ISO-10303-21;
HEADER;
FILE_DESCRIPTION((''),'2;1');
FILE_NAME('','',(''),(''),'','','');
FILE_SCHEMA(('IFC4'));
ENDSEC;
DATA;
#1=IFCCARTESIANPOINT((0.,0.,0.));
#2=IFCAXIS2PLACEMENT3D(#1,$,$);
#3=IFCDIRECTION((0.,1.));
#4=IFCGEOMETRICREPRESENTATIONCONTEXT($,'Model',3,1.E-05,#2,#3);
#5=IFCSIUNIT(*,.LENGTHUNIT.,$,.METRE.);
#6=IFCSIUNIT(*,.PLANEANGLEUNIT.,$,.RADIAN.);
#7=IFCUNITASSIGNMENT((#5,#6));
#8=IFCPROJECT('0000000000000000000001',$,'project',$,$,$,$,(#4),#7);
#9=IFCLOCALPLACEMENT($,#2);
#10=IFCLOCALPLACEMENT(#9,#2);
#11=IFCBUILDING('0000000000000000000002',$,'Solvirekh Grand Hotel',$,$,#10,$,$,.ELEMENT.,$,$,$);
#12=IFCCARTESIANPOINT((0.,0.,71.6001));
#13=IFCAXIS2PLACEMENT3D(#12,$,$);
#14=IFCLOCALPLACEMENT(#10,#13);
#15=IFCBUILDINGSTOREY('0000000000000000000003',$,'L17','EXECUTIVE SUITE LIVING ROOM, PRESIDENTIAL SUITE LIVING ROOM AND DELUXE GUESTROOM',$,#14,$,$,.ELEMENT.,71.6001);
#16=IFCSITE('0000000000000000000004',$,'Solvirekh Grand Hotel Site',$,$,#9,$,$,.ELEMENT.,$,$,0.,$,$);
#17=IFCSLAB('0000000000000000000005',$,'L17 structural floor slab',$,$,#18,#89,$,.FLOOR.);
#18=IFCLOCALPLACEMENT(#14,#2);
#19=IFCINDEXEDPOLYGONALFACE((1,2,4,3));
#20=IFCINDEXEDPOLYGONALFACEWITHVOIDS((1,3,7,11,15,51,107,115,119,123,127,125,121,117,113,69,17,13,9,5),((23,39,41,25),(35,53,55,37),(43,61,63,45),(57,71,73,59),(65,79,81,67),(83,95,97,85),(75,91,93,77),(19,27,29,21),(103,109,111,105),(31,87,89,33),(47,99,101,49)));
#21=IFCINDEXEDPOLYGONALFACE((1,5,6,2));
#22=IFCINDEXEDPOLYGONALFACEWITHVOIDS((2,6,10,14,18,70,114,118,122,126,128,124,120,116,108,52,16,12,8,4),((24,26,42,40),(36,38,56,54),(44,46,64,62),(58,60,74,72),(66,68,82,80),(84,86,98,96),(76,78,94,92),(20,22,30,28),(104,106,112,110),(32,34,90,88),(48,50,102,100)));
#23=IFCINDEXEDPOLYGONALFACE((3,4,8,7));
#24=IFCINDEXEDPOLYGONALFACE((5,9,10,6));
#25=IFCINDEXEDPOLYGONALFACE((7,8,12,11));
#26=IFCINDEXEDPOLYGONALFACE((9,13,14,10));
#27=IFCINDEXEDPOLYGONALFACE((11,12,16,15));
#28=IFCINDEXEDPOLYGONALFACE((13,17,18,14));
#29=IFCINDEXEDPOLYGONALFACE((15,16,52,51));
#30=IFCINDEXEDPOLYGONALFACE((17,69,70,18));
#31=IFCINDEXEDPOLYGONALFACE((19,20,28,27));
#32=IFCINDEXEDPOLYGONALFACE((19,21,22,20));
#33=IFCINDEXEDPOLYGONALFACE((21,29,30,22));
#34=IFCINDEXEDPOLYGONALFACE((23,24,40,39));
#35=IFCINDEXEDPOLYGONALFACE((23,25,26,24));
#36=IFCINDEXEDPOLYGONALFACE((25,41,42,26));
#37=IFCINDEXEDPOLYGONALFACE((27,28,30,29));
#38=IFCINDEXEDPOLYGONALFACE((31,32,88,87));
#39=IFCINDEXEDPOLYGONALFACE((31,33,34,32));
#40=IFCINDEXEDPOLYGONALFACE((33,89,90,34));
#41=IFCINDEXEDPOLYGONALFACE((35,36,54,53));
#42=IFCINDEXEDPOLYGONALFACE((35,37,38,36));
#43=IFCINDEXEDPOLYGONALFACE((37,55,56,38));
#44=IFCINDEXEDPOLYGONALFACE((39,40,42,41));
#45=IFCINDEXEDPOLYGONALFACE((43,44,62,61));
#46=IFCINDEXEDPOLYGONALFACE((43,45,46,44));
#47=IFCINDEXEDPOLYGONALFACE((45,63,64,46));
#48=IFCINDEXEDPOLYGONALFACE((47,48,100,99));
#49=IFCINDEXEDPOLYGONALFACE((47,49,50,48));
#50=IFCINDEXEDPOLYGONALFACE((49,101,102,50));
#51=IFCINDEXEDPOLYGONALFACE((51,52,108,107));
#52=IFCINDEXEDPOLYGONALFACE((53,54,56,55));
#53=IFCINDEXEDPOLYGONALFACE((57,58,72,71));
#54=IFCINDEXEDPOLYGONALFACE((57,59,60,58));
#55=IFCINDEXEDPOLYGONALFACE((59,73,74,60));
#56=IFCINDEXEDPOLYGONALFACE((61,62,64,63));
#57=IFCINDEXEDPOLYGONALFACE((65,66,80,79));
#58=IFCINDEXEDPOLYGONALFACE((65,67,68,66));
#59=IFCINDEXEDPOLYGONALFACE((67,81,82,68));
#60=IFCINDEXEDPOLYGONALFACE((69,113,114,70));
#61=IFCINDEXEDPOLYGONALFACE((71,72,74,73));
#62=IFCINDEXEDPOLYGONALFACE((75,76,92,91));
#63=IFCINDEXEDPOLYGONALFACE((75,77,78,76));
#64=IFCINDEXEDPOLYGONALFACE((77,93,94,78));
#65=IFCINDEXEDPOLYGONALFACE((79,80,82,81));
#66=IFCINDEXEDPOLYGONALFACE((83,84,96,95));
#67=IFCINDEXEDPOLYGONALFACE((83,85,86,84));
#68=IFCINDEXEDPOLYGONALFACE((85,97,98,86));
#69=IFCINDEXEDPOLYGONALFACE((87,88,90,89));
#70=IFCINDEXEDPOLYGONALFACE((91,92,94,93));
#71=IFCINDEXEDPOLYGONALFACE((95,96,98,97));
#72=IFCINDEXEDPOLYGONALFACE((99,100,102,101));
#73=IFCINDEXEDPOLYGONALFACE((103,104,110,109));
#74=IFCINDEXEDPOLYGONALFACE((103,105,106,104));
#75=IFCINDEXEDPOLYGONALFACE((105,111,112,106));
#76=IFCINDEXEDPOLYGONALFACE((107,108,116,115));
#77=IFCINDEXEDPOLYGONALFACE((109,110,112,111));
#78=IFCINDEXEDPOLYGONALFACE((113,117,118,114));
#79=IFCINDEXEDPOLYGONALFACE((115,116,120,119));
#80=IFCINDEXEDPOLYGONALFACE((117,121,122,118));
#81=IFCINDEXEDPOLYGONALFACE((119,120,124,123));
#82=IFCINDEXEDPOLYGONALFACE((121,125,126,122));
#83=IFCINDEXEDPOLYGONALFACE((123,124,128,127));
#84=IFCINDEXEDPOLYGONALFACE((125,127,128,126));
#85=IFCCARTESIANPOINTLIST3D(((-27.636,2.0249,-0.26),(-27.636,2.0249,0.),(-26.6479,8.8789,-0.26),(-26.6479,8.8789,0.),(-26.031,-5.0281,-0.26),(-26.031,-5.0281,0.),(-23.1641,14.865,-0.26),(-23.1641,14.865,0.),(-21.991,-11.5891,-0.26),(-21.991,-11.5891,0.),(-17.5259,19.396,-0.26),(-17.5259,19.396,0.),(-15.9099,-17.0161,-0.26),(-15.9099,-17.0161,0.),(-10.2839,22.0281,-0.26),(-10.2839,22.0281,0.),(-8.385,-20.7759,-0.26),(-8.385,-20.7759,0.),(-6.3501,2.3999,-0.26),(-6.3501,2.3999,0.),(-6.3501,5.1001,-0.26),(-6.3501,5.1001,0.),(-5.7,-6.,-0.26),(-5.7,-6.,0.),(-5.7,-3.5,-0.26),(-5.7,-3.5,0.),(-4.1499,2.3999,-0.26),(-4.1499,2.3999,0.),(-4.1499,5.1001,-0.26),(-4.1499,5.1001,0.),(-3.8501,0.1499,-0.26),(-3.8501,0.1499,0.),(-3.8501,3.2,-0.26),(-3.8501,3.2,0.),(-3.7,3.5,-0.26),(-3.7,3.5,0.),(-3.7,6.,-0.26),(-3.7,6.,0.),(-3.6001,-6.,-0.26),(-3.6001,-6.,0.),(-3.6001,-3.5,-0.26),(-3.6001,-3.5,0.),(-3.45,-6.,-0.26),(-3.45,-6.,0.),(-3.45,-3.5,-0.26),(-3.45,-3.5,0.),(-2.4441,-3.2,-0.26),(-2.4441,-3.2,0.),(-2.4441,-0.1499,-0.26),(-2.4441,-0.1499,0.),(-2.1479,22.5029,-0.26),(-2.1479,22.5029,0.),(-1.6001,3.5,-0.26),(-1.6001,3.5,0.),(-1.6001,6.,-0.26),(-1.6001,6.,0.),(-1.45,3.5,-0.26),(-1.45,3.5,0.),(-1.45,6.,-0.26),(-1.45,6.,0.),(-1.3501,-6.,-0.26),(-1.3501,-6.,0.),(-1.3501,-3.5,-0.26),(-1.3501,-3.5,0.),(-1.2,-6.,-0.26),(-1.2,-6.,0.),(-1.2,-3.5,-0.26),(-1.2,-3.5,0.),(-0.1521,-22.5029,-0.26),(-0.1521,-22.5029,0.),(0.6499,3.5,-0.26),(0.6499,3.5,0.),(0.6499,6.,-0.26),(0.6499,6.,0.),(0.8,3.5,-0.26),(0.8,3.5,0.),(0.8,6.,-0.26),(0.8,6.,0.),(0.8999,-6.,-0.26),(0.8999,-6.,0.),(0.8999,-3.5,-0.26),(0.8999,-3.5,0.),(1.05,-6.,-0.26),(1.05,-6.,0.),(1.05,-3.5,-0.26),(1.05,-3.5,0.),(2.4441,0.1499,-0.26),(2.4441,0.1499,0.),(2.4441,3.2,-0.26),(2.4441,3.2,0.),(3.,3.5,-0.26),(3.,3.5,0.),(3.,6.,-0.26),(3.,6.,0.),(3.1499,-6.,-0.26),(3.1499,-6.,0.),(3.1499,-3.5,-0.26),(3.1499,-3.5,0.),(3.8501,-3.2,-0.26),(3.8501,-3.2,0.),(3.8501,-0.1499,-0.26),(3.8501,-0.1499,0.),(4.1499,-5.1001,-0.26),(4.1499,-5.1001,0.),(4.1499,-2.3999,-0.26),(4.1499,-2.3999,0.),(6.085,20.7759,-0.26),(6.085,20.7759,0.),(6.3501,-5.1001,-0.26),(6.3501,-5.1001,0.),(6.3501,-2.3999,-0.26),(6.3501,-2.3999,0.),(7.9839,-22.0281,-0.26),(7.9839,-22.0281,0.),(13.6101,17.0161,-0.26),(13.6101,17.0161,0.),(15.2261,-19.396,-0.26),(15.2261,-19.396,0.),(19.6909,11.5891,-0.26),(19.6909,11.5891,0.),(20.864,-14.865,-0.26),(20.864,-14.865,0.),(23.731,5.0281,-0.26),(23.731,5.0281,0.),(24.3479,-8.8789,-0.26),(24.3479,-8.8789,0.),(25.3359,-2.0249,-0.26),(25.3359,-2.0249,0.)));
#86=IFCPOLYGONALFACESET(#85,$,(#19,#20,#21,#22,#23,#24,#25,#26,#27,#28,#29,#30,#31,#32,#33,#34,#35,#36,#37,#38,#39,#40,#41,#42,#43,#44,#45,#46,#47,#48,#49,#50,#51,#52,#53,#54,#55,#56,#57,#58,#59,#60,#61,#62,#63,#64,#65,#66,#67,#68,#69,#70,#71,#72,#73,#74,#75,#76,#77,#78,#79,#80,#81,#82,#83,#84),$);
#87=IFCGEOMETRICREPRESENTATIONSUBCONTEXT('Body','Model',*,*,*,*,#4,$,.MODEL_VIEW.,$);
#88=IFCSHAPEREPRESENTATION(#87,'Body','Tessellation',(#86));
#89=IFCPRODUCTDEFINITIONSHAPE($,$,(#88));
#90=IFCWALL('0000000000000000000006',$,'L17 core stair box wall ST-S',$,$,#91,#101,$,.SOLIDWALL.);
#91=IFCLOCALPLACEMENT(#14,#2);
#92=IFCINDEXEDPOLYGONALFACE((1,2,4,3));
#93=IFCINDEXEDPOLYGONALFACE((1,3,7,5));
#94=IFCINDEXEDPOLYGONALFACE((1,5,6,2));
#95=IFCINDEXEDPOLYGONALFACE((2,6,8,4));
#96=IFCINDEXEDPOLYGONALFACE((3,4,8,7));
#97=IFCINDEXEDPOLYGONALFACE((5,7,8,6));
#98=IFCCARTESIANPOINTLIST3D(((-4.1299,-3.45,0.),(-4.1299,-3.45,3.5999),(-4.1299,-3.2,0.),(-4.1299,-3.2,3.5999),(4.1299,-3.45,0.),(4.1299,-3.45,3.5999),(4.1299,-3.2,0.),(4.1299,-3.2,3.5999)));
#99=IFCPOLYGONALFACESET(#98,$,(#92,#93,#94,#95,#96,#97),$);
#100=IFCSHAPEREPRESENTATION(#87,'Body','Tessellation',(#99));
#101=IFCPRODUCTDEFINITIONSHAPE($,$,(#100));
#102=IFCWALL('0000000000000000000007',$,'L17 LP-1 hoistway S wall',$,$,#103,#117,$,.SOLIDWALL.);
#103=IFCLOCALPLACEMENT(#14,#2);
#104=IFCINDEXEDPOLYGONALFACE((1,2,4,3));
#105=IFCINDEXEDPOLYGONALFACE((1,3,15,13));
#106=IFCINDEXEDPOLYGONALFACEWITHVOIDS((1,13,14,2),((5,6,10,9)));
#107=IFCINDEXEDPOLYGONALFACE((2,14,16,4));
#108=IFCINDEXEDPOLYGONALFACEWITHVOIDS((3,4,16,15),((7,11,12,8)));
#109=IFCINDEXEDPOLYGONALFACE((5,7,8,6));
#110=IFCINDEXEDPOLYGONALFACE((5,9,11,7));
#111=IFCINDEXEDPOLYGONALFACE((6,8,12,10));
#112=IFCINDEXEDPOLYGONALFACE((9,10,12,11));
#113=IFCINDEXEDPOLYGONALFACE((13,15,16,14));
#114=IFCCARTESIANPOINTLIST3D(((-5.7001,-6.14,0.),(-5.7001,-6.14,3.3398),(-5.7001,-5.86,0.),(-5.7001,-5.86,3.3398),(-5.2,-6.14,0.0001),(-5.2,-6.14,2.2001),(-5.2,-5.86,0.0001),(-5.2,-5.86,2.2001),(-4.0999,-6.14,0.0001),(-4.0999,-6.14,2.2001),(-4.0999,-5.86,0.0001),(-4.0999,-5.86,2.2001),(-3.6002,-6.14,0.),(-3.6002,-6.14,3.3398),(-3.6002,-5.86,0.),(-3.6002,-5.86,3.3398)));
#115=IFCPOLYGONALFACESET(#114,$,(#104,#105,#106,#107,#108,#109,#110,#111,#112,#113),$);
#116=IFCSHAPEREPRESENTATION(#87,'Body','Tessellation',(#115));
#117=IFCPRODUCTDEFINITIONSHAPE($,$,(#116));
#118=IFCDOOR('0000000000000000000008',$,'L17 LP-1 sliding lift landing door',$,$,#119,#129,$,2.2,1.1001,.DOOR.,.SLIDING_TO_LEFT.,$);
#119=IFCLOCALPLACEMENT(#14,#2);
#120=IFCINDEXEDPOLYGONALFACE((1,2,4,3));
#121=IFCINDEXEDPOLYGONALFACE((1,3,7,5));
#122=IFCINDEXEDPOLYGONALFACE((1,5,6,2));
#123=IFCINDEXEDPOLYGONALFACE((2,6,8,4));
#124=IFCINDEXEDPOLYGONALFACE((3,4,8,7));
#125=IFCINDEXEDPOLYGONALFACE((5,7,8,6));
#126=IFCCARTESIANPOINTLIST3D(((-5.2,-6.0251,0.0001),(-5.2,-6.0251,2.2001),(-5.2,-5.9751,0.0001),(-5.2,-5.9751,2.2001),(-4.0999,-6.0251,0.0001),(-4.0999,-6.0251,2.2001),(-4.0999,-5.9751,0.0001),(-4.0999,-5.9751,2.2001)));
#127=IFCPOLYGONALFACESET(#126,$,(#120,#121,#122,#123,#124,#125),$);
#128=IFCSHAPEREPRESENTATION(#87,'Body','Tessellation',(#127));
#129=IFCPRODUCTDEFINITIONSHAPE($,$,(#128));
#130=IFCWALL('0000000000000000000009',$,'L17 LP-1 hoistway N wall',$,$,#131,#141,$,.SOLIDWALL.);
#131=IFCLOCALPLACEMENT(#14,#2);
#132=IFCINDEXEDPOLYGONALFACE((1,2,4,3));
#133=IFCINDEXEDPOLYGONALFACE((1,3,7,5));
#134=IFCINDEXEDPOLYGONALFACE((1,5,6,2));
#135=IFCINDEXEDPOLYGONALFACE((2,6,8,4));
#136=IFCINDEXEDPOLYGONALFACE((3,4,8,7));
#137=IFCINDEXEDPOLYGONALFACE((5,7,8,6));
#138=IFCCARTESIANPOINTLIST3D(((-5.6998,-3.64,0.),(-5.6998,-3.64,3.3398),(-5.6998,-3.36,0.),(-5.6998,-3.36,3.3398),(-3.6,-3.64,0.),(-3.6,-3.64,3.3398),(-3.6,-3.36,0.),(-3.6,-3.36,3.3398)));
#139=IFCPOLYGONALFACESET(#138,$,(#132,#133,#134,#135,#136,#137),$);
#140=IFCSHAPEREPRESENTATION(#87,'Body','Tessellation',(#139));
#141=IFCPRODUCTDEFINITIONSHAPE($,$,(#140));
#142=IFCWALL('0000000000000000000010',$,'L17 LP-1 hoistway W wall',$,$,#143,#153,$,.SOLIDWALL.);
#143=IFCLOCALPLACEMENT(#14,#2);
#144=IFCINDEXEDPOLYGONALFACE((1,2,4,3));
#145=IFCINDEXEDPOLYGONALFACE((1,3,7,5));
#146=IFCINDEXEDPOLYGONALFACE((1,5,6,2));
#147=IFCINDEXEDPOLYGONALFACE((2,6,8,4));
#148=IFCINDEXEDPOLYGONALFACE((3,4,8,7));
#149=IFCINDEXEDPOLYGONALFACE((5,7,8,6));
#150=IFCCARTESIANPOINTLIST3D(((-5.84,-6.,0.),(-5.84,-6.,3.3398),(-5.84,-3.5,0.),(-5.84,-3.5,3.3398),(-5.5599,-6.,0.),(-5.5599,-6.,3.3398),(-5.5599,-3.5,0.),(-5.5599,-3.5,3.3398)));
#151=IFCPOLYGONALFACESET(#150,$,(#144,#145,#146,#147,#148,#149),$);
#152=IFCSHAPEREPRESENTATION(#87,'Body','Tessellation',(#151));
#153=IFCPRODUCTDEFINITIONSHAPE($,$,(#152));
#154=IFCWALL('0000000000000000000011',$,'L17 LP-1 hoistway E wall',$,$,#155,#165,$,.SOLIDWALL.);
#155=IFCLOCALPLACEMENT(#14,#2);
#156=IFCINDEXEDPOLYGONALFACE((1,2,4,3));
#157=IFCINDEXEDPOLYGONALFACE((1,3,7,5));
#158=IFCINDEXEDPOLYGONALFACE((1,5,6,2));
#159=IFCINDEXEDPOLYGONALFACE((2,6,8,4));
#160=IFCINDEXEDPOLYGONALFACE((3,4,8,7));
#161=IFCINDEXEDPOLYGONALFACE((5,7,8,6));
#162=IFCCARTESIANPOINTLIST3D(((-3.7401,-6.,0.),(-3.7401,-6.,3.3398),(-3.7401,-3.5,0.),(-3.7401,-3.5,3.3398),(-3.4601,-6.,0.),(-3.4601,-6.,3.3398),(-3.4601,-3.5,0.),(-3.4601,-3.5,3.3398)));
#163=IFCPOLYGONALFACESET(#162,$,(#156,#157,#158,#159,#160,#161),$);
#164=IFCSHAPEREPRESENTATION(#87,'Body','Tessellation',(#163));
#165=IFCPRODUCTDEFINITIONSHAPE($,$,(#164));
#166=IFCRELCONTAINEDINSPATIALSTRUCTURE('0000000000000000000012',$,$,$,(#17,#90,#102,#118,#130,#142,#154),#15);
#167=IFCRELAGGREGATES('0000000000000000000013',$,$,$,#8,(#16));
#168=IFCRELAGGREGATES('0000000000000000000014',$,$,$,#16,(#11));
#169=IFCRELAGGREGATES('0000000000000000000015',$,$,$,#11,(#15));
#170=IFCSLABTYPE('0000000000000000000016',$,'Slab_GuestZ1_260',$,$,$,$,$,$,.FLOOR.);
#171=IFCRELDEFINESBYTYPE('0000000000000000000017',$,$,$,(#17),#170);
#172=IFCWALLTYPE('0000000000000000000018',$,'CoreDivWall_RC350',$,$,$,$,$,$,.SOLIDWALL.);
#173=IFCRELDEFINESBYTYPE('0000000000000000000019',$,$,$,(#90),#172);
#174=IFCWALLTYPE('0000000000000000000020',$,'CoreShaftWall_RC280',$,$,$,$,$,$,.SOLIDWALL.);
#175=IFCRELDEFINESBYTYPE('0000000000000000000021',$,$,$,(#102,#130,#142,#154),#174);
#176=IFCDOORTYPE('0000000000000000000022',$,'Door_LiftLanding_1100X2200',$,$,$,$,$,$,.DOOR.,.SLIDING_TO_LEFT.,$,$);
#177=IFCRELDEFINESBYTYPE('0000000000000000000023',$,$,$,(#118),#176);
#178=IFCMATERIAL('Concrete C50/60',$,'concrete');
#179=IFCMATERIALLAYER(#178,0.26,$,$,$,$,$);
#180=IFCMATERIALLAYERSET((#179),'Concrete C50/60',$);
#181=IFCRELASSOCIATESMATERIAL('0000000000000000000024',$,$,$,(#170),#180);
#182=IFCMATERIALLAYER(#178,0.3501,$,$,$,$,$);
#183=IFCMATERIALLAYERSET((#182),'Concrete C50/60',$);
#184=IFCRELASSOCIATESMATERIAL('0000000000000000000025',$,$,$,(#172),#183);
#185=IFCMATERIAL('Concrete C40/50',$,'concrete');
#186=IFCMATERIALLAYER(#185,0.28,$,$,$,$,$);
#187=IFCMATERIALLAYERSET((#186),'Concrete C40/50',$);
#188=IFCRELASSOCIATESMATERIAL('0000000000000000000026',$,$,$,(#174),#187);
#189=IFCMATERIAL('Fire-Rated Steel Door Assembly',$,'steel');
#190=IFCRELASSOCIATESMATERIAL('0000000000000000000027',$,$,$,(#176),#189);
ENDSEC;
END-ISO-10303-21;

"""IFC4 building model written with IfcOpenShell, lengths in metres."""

from ifc_helpers import new_model, si_unit, direction, frame, frame_2d, origin, place, context, subcontext, project, spatial, polyline, rectangle, outline, extrude, material, layer, layer_set, type_object, element, fill, save


model = new_model("IFC4")

# Units and contexts
model_context = context("Model", 3, precision=1e-05, world=origin(), true_north=direction((0.0, 1.0)))
body_context = subcontext(model_context, "Body", "Model", "MODEL_VIEW")
ifc_project = project(units=[si_unit("LENGTHUNIT", "METRE"), si_unit("PLANEANGLEUNIT", "RADIAN")], contexts=[model_context])

# Site, building, storey
site_placement = place(None, origin())
site = spatial("IfcSite", under=ifc_project, at=site_placement, Name="Solvirekh Grand Hotel Site", CompositionType="ELEMENT", RefElevation=0.0)
building_placement = place(site_placement, origin())
building = spatial("IfcBuilding", under=site, at=building_placement, Name="Solvirekh Grand Hotel", CompositionType="ELEMENT")
storey_placement = place(building_placement, frame((0.0, 0.0, 71.6001)))
storey = spatial("IfcBuildingStorey", under=building, at=storey_placement, Name="L17", Description="EXECUTIVE SUITE LIVING ROOM, PRESIDENTIAL SUITE LIVING ROOM AND DELUXE GUESTROOM", CompositionType="ELEMENT", Elevation=71.6001)

# Slab
ifc_material_1 = material(Name="Concrete C50/60", Category="concrete")
ifc_layer_1 = layer(ifc_material_1, 0.26)
ifc_layer_set_1 = layer_set([ifc_layer_1], Name="Concrete C50/60")
slab_type = type_object("IfcSlabType", Name="Slab_GuestZ1_260", PredefinedType="FLOOR", material=ifc_layer_set_1)
slab_placement = place(storey_placement, frame((0.0, 0.0, -0.26)))
element("IfcSlab", 1, at=slab_placement, inside=storey, type_object=slab_type, Name="L17 structural floor slab", PredefinedType="FLOOR", context=body_context, shape_type="SweptSolid", body=[
    extrude(outline(polyline([(24.3479, -8.8789), (25.3359, -2.0249), (23.731, 5.0281), (19.6909, 11.5891), (13.6101, 17.0161), (6.085, 20.7759), (-2.1479, 22.5029), (-10.2839, 22.0281), (-17.5259, 19.396), (-23.1641, 14.865), (-26.6479, 8.8789), (-27.636, 2.0249), (-26.031, -5.0281), (-21.991, -11.5891), (-15.9099, -17.0161), (-8.385, -20.7759), (-0.1521, -22.5029), (7.9839, -22.0281), (15.2261, -19.396), (20.864, -14.865), (24.3479, -8.8789)]), holes=[polyline([(-2.4441, -0.1499), (3.8501, -0.1499), (3.8501, -3.2), (-2.4441, -3.2), (-2.4441, -0.1499)]), polyline([(2.4441, 0.1499), (-3.8501, 0.1499), (-3.8501, 3.2), (2.4441, 3.2), (2.4441, 0.1499)]), polyline([(-5.7, -3.5), (-3.6001, -3.5), (-3.6001, -6.0), (-5.7, -6.0), (-5.7, -3.5)]), polyline([(-3.45, -3.5), (-1.3501, -3.5), (-1.3501, -6.0), (-3.45, -6.0), (-3.45, -3.5)]), polyline([(-1.2, -3.5), (0.8999, -3.5), (0.8999, -6.0), (-1.2, -6.0), (-1.2, -3.5)]), polyline([(1.05, -3.5), (3.1499, -3.5), (3.1499, -6.0), (1.05, -6.0), (1.05, -3.5)]), polyline([(-3.7, 6.0), (-1.6001, 6.0), (-1.6001, 3.5), (-3.7, 3.5), (-3.7, 6.0)]), polyline([(-1.45, 6.0), (0.6499, 6.0), (0.6499, 3.5), (-1.45, 3.5), (-1.45, 6.0)]), polyline([(0.8, 6.0), (3.0, 6.0), (3.0, 3.5), (0.8, 3.5), (0.8, 6.0)]), polyline([(-6.3501, 5.1001), (-4.1499, 5.1001), (-4.1499, 2.3999), (-6.3501, 2.3999), (-6.3501, 5.1001)]), polyline([(4.1499, -2.3999), (6.3501, -2.3999), (6.3501, -5.1001), (4.1499, -5.1001), (4.1499, -2.3999)])]), origin(), (0.0, 0.0, 1.0), 0.26),
])

# Wall
ifc_layer_2 = layer(ifc_material_1, 0.3501)
ifc_layer_set_2 = layer_set([ifc_layer_2], Name="Concrete C50/60")
wall_type_1 = type_object("IfcWallType", Name="CoreDivWall_RC350", PredefinedType="SOLIDWALL", material=ifc_layer_set_2)
wall_1_placement = place(storey_placement, frame((-4.1299, -3.325, 0.0), z_axis=(0.0, 0.0, 1.0), x_axis=(1.0, 0.0, 0.0)))
element("IfcWall", 2, at=wall_1_placement, inside=storey, type_object=wall_type_1, Name="L17 core stair box wall ST-S", PredefinedType="SOLIDWALL", context=body_context, shape_type="SweptSolid", body=[
    extrude(rectangle(XDim=8.2598, YDim=0.25, at=frame_2d((4.1299, 0.0))), origin(), (0.0, 0.0, 1.0), 3.5999),
])

# Wall, opening, door
ifc_material_2 = material(Name="Concrete C40/50", Category="concrete")
ifc_layer_3 = layer(ifc_material_2, 0.28)
ifc_layer_set_3 = layer_set([ifc_layer_3], Name="Concrete C40/50")
wall_type_2 = type_object("IfcWallType", Name="CoreShaftWall_RC280", PredefinedType="SOLIDWALL", material=ifc_layer_set_3)
wall_2_placement = place(storey_placement, frame((-5.7, -6.0, 0.0), z_axis=(0.0, 0.0, 1.0), x_axis=(1.0, 0.0, 0.0)))
wall_2 = element("IfcWall", 3, at=wall_2_placement, inside=storey, type_object=wall_type_2, Name="L17 LP-1 hoistway S wall", PredefinedType="SOLIDWALL", context=body_context, shape_type="SweptSolid", body=[
    extrude(rectangle(XDim=2.0999, YDim=0.28, at=frame_2d((1.0498, 0.0))), origin(), (0.0, 0.0, 1.0), 3.3398),
])
opening_1_placement = place(wall_2_placement, frame((0.5, 0.0, 0.0)))
opening_1 = element("IfcOpeningElement", 4, at=opening_1_placement, cuts=wall_2, PredefinedType="OPENING", context=body_context, shape_type="SweptSolid", body=[
    extrude(rectangle(XDim=1.1001, YDim=2.2, at=frame_2d((0.55, 1.1001))), frame((0.0, 0.1499, 0.0), z_axis=(0.0, -1.0, 0.0), x_axis=(1.0, 0.0, 0.0)), (0.0, 0.0, 1.0), 0.3),
])
ifc_material_3 = material(Name="Fire-Rated Steel Door Assembly", Category="steel")
door_type_1 = type_object("IfcDoorType", Name="Door_LiftLanding_1100X2200", OperationType="SLIDING_TO_LEFT", PredefinedType="DOOR", material=ifc_material_3)
door_1_placement = place(opening_1_placement, origin())
door_1 = element("IfcDoor", 5, at=door_1_placement, inside=storey, type_object=door_type_1, Name="L17 LP-1 sliding lift landing door", OperationType="SLIDING_TO_LEFT", OverallHeight=2.2, OverallWidth=1.1001, PredefinedType="DOOR", context=body_context, shape_type="SweptSolid", body=[
    extrude(rectangle(XDim=1.1001, YDim=2.2, at=frame_2d((0.55, 1.1001))), frame((0.0, 0.0249, 0.0), z_axis=(0.0, -1.0, 0.0), x_axis=(1.0, 0.0, 0.0)), (0.0, 0.0, 1.0), 0.05),
])
fill(opening_1, door_1)

# Walls
wall_3_placement = place(storey_placement, frame((-3.6001, -3.5, 0.0), z_axis=(0.0, 0.0, 1.0), x_axis=(-1.0, 0.0, 0.0)))
element("IfcWall", 6, at=wall_3_placement, inside=storey, type_object=wall_type_2, Name="L17 LP-1 hoistway N wall", PredefinedType="SOLIDWALL", context=body_context, shape_type="SweptSolid", body=[
    extrude(rectangle(XDim=2.0999, YDim=0.28, at=frame_2d((1.0498, 0.0))), origin(), (0.0, 0.0, 1.0), 3.3398),
])
for number, where, z_axis, x_axis, name in (
    (7, (-5.7, -3.5, 0.0), (0.0, 0.0, 1.0), (0.0, -1.0, 0.0), "L17 LP-1 hoistway W wall"),
    (8, (-3.6001, -6.0, 0.0), (0.0, 0.0, 1.0), (0.0, 1.0, 0.0), "L17 LP-1 hoistway E wall"),
):
    element("IfcWall", number, at=place(storey_placement, frame(where, z_axis=z_axis, x_axis=x_axis)), inside=storey, type_object=wall_type_2, Name=name, PredefinedType="SOLIDWALL", context=body_context, shape_type="SweptSolid", body=[
        extrude(rectangle(XDim=2.5, YDim=0.28, at=frame_2d((1.25, 0.0))), origin(), (0.0, 0.0, 1.0), 3.3398),
    ])

save(model, "model.ifc")
